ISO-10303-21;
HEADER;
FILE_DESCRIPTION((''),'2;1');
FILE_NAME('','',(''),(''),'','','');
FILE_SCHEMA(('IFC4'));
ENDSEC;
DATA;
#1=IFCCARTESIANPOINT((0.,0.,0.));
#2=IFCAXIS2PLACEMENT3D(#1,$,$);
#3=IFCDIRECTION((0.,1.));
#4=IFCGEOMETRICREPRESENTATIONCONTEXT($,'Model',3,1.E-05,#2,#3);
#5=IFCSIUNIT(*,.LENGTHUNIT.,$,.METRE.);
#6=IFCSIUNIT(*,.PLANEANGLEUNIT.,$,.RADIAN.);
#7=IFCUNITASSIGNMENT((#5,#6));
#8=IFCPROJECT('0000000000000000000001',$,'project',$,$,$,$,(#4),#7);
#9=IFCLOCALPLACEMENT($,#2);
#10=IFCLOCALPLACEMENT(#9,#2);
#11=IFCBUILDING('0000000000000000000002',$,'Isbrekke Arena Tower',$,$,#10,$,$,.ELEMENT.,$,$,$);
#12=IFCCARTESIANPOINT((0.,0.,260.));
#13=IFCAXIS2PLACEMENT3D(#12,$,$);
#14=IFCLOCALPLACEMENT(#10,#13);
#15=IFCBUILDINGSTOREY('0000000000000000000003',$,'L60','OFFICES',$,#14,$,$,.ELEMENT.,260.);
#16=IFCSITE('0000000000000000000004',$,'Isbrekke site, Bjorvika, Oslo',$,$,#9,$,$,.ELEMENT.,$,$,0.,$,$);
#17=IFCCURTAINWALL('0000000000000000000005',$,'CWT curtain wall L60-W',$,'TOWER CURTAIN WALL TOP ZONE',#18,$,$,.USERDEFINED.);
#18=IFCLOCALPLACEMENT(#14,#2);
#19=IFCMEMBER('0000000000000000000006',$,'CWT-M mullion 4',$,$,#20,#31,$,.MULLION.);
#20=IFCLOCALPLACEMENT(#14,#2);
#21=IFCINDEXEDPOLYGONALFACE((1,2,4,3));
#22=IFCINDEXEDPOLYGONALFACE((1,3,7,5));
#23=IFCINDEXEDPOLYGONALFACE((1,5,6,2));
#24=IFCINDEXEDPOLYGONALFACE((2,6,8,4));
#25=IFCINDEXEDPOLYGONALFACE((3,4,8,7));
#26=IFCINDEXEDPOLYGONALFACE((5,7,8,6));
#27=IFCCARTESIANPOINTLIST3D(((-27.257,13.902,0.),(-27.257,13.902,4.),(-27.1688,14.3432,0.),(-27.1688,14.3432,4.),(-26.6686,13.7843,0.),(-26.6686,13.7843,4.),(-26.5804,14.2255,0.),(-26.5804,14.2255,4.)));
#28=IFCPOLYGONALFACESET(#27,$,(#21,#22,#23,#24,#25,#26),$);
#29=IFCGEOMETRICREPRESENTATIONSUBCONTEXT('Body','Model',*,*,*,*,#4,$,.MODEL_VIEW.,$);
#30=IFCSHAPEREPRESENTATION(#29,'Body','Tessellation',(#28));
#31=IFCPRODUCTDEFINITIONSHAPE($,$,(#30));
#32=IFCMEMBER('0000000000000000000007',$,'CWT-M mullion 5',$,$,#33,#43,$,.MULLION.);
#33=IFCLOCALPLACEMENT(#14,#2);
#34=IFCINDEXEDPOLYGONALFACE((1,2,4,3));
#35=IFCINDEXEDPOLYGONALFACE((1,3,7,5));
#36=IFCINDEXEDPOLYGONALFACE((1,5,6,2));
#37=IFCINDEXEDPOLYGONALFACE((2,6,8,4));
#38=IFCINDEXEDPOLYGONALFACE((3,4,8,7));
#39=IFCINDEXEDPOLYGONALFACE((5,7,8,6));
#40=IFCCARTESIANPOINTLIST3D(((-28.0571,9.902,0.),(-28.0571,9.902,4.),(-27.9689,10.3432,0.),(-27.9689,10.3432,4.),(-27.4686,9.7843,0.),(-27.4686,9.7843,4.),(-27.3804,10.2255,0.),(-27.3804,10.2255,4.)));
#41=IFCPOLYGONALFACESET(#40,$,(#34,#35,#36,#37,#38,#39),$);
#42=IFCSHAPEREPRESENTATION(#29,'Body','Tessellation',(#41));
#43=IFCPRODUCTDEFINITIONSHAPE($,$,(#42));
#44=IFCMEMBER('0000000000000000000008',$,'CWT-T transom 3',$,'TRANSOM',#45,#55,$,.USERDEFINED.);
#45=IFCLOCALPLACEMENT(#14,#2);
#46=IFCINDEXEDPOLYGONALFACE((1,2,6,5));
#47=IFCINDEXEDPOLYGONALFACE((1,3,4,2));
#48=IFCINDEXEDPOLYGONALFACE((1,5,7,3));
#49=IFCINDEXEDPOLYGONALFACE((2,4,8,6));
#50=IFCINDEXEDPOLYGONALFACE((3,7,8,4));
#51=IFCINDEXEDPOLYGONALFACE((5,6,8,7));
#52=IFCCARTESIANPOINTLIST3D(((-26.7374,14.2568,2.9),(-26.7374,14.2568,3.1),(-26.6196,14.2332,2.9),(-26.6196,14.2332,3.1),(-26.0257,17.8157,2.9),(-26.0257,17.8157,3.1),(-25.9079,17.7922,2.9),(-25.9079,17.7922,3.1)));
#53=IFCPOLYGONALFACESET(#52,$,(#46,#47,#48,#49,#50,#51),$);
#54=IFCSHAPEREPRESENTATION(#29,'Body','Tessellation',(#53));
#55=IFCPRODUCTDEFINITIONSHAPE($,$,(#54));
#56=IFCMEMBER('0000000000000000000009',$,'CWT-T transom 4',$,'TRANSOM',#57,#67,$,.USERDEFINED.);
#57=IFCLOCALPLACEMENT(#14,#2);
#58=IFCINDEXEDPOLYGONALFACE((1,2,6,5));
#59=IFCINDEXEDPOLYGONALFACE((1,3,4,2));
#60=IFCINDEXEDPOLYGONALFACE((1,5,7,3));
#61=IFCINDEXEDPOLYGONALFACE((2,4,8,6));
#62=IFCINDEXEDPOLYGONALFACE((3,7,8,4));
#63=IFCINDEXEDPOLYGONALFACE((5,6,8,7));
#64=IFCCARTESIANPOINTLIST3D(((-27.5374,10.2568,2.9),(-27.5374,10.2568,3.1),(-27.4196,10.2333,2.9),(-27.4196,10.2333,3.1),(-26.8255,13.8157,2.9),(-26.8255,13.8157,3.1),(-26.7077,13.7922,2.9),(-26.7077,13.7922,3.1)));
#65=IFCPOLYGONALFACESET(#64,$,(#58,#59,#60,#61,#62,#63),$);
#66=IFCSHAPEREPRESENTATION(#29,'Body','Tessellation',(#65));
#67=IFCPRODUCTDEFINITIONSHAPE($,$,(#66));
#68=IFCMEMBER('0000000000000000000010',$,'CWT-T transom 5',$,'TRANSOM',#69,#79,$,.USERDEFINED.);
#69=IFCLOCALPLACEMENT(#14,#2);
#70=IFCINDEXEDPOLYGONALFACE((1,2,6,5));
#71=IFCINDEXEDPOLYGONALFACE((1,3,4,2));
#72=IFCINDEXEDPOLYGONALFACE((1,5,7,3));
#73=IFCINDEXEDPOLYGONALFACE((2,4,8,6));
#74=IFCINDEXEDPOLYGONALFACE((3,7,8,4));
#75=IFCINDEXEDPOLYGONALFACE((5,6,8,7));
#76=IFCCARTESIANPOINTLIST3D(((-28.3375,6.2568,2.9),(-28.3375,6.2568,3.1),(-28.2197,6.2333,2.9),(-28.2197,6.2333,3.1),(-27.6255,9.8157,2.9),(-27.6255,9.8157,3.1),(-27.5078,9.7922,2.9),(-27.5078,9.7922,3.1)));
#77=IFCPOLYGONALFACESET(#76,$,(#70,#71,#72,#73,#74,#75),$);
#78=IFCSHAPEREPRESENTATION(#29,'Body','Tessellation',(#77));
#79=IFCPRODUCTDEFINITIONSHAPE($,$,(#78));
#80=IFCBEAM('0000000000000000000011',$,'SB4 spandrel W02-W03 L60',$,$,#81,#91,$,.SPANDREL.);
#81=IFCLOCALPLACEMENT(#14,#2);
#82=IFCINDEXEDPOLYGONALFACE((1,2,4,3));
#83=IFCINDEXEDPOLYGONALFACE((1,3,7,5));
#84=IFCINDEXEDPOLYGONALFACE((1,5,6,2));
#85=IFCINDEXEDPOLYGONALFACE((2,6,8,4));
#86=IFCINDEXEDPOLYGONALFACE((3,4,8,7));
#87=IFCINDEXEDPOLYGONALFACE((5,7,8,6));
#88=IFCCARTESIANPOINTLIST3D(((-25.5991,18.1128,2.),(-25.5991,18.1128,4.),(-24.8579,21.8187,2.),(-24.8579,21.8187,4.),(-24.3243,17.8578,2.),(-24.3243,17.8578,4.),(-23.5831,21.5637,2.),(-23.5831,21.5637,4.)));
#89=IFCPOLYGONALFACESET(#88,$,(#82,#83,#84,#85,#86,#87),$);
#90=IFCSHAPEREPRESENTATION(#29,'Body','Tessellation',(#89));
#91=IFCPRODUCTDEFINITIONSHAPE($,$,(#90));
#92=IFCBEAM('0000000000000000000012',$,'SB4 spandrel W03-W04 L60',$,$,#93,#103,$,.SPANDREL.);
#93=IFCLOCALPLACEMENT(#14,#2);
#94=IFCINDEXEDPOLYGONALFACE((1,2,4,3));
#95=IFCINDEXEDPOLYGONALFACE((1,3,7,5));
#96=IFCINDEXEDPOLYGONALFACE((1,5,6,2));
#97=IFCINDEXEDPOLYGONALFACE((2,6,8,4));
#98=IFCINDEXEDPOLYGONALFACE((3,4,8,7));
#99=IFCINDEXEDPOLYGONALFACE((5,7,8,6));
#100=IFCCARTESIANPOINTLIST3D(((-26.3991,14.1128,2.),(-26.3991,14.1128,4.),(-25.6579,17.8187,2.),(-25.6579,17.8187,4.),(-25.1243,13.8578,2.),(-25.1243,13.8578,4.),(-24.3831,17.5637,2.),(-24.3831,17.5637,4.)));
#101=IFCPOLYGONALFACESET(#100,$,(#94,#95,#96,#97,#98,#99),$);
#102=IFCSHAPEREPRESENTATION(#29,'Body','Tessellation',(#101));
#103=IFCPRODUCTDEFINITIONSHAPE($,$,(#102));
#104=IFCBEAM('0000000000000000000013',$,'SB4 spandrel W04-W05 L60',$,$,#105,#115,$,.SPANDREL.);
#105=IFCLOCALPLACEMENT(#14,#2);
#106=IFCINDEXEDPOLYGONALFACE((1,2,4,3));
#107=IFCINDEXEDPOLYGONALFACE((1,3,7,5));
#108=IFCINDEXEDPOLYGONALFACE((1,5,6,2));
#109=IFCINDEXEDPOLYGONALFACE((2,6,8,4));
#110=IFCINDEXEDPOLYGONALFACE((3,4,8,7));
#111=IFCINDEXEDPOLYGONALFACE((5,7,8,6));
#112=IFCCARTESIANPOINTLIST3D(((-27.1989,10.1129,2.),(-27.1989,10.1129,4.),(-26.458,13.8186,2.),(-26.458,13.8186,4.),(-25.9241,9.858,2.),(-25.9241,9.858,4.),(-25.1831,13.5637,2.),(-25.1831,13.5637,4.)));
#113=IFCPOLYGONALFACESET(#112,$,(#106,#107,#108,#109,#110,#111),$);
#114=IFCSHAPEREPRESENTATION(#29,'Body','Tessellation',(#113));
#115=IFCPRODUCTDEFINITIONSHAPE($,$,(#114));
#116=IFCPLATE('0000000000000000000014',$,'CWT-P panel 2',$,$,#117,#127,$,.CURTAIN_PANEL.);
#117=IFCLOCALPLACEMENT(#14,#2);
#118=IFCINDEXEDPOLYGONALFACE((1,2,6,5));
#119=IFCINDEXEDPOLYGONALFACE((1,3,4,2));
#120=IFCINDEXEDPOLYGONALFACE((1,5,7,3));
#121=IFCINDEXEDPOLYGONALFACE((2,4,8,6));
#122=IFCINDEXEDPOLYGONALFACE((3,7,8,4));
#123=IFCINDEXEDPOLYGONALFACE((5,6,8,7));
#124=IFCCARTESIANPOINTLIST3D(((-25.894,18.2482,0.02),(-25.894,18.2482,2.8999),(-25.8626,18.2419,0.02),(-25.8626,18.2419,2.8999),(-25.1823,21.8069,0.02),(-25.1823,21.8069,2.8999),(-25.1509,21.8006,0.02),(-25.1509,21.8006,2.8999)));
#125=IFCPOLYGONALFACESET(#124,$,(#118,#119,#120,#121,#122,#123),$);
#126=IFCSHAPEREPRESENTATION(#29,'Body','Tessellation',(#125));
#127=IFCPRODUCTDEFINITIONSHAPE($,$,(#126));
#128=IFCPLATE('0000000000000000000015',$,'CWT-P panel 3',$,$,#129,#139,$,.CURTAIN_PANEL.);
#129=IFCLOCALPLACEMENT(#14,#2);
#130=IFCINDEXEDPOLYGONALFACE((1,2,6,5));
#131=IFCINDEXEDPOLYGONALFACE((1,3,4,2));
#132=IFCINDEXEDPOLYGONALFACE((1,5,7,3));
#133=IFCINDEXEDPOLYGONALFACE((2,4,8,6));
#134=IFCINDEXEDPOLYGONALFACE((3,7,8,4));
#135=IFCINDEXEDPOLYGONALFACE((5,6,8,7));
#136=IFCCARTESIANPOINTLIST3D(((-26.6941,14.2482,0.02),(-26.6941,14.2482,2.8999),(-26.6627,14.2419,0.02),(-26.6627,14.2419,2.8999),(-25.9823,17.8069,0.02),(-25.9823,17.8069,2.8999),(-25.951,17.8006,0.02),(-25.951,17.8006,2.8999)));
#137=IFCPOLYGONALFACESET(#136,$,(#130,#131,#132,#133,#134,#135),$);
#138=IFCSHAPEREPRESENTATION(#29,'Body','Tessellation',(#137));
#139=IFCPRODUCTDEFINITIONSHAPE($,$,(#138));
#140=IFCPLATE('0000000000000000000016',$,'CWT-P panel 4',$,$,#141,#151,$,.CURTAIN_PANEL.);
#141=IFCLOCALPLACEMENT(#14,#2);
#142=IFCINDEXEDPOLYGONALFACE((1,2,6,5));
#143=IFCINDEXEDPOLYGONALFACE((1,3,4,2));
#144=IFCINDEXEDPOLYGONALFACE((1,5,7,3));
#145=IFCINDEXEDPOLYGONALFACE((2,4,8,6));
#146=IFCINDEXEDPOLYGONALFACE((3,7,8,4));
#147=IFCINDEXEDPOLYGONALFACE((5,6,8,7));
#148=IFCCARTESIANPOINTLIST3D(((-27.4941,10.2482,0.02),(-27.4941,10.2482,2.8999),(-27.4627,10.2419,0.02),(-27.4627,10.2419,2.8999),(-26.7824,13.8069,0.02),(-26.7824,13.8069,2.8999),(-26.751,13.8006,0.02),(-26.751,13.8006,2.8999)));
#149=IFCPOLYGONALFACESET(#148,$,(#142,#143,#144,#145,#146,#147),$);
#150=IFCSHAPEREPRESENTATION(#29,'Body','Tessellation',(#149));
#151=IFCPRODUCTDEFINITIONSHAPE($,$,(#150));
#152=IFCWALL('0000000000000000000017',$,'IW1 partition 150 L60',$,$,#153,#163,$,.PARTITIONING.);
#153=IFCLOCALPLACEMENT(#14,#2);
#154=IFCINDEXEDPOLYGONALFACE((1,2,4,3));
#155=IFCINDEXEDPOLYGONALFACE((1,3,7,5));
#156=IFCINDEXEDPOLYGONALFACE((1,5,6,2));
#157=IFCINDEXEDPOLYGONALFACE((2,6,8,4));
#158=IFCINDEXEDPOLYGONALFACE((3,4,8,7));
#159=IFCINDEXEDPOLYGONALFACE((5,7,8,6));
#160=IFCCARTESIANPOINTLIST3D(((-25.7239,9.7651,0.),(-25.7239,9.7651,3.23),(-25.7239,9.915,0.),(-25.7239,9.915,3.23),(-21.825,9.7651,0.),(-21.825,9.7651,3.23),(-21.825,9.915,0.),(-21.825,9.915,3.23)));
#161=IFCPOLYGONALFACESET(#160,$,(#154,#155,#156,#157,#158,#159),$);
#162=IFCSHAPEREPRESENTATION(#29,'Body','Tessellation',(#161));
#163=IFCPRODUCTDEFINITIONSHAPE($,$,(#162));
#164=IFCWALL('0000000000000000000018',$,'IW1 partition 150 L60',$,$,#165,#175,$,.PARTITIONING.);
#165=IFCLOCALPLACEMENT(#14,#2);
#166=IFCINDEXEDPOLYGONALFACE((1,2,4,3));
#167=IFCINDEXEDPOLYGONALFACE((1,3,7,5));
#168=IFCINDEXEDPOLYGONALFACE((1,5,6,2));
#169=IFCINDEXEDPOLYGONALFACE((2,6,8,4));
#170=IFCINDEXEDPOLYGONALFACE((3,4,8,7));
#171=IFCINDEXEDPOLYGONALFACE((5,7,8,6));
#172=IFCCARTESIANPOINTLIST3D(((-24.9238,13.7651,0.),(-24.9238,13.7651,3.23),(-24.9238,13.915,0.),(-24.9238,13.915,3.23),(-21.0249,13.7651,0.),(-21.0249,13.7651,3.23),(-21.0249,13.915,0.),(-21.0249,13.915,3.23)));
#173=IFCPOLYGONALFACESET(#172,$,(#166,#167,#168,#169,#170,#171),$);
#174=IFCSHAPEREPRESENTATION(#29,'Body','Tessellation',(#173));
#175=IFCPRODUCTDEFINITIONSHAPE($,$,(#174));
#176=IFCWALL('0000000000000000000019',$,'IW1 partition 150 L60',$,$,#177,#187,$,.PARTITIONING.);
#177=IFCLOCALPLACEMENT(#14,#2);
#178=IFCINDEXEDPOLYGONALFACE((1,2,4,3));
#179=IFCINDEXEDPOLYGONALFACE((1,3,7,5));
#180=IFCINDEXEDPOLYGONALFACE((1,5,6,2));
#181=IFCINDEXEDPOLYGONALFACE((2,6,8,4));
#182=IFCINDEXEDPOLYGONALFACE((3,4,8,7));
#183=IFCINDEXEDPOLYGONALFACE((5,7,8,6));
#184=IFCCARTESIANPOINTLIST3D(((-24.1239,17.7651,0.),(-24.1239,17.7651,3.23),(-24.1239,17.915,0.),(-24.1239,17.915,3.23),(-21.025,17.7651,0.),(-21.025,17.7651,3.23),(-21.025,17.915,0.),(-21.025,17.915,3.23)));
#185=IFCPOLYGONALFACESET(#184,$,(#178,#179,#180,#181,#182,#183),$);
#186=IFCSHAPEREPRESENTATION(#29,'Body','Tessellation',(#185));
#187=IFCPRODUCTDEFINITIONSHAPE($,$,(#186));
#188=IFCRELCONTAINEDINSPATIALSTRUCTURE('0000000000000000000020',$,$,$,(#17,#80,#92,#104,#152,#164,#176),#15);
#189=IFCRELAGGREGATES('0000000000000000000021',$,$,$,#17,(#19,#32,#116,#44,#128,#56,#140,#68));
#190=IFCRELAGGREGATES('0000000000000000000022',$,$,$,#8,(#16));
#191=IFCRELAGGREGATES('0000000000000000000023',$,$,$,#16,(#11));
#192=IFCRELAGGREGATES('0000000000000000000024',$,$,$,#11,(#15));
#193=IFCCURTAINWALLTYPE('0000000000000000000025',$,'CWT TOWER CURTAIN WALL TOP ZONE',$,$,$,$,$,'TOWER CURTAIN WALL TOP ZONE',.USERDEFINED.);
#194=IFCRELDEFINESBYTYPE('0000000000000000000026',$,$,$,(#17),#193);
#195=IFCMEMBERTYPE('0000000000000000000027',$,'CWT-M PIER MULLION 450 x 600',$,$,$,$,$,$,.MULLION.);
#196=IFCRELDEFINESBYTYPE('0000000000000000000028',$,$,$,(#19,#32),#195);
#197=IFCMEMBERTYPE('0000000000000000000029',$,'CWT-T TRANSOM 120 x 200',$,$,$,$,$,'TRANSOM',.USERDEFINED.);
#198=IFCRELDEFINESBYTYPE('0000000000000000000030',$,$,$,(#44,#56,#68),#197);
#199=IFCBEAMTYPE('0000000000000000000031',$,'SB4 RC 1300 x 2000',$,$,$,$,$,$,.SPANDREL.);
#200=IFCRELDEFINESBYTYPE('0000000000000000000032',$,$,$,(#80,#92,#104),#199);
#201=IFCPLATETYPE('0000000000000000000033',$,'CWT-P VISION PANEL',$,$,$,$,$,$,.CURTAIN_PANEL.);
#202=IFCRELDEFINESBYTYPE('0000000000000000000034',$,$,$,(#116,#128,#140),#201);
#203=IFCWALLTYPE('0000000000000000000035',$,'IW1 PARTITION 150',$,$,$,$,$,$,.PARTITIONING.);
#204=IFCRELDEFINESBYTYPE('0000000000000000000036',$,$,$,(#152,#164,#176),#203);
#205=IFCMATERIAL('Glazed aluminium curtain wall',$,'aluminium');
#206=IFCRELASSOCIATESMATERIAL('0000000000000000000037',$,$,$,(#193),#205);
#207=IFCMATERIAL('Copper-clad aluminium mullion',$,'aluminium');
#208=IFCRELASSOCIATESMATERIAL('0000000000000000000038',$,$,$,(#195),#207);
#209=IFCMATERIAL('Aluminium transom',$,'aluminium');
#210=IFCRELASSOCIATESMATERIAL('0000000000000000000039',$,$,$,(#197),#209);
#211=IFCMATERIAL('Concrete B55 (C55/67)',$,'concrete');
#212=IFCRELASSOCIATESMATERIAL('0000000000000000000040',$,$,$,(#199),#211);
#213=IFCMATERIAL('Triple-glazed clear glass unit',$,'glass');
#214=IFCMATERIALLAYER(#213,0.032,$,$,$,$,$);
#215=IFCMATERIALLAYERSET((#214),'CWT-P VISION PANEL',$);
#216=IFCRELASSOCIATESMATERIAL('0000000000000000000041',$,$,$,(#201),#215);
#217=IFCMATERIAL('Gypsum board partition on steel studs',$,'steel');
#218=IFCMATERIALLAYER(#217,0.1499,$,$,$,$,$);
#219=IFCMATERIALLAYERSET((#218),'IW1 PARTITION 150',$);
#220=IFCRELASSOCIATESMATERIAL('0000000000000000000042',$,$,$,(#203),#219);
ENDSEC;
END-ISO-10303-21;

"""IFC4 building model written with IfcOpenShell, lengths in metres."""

from ifc_helpers import new_model, si_unit, direction, frame, frame_2d, origin, origin_2d, place, context, subcontext, project, spatial, rectangle, extrude, material, layer, layer_set, material_profile, profile_set, type_object, element, aggregate, save


model = new_model("IFC4")

# Units and contexts
model_context = context("Model", 3, precision=1e-05, world=origin(), true_north=direction((0.0, 1.0)))
body_context = subcontext(model_context, "Body", "Model", "MODEL_VIEW")
ifc_project = project(units=[si_unit("LENGTHUNIT", "METRE"), si_unit("PLANEANGLEUNIT", "RADIAN")], contexts=[model_context])

# Site, building, storey
site_placement = place(None, origin())
site = spatial("IfcSite", under=ifc_project, at=site_placement, Name="Isbrekke site, Bjorvika, Oslo", CompositionType="ELEMENT", RefElevation=0.0)
building_placement = place(site_placement, origin())
building = spatial("IfcBuilding", under=site, at=building_placement, Name="Isbrekke Arena Tower", CompositionType="ELEMENT")
storey_placement = place(building_placement, frame((0.0, 0.0, 260.0)))
storey = spatial("IfcBuildingStorey", under=building, at=storey_placement, Name="L60", Description="OFFICES", CompositionType="ELEMENT", Elevation=260.0)

# Curtain wall, members
ifc_material_1 = material(Name="Glazed aluminium curtain wall", Category="aluminium")
curtain_wall_type = type_object("IfcCurtainWallType", Name="CWT TOWER CURTAIN WALL TOP ZONE", ElementType="TOWER CURTAIN WALL TOP ZONE", PredefinedType="USERDEFINED", material=ifc_material_1)
curtain_wall_placement = place(storey_placement, origin())
curtain_wall = element("IfcCurtainWall", 1, at=curtain_wall_placement, inside=storey, type_object=curtain_wall_type, Name="CWT curtain wall L60-W", ObjectType="TOWER CURTAIN WALL TOP ZONE", PredefinedType="USERDEFINED")
ifc_material_2 = material(Name="Copper-clad aluminium mullion", Category="aluminium")
ifc_material_profile_1 = material_profile(ifc_material_2, rectangle(XDim=0.45, YDim=0.6001, at=origin_2d()), Name="PIER 450X600")
ifc_profile_set_1 = profile_set([ifc_material_profile_1], Name="Copper-clad aluminium mullion")
member_type_1 = type_object("IfcMemberType", Name="CWT-M PIER MULLION 450 x 600", PredefinedType="MULLION", material=ifc_profile_set_1)
member_1_placement = place(storey_placement, frame((-26.9187, 14.0637, 0.0), z_axis=(0.0, 0.0, 1.0), x_axis=(-0.196116, -0.980581, 0.0)))
member_1 = element("IfcMember", 2, at=member_1_placement, type_object=member_type_1, Name="CWT-M mullion 4", PredefinedType="MULLION", context=body_context, shape_type="SweptSolid", body=[
    extrude(rectangle(XDim=0.45, YDim=0.6001, at=origin_2d()), origin(), (0.0, 0.0, 1.0), 4.0),
])
member_2_placement = place(storey_placement, frame((-27.7188, 10.0637, 0.0), z_axis=(0.0, 0.0, 1.0), x_axis=(-0.196116, -0.980581, 0.0)))
member_2 = element("IfcMember", 3, at=member_2_placement, type_object=member_type_1, Name="CWT-M mullion 5", PredefinedType="MULLION", context=body_context, shape_type="SweptSolid", body=[
    extrude(rectangle(XDim=0.45, YDim=0.6001, at=origin_2d()), origin(), (0.0, 0.0, 1.0), 4.0),
])
ifc_material_3 = material(Name="Aluminium transom", Category="aluminium")
ifc_material_profile_2 = material_profile(ifc_material_3, rectangle(XDim=0.1201, YDim=0.2, at=origin_2d()), Name="TRANSOM 120X200")
ifc_profile_set_2 = profile_set([ifc_material_profile_2], Name="Aluminium transom")
member_type_2 = type_object("IfcMemberType", Name="CWT-T TRANSOM 120 x 200", ElementType="TRANSOM", PredefinedType="USERDEFINED", material=ifc_profile_set_2)
member_3_placement = place(storey_placement, frame((-25.9668, 17.804, 3.0), z_axis=(-0.19609, -0.980586, 0.0), x_axis=(0.980586, -0.19609, 0.0)))
member_3 = element("IfcMember", 4, at=member_3_placement, type_object=member_type_2, Name="CWT-T transom 3", ObjectType="TRANSOM", PredefinedType="USERDEFINED", context=body_context, shape_type="SweptSolid", body=[
    extrude(rectangle(XDim=0.1201, YDim=0.2, at=origin_2d()), origin(), (0.0, 0.0, 1.0), 3.6294),
])
member_4_placement = place(storey_placement, frame((-26.7666, 13.804, 3.0), z_axis=(-0.196155, -0.980573, 0.0), x_axis=(0.980573, -0.196155, 0.0)))
member_4 = element("IfcMember", 5, at=member_4_placement, type_object=member_type_2, Name="CWT-T transom 4", ObjectType="TRANSOM", PredefinedType="USERDEFINED", context=body_context, shape_type="SweptSolid", body=[
    extrude(rectangle(XDim=0.1201, YDim=0.2, at=origin_2d()), origin(), (0.0, 0.0, 1.0), 3.6294),
])
member_5_placement = place(storey_placement, frame((-27.5667, 9.804, 3.0), z_axis=(-0.196155, -0.980573, 0.0), x_axis=(0.980573, -0.196155, 0.0)))
member_5 = element("IfcMember", 6, at=member_5_placement, type_object=member_type_2, Name="CWT-T transom 5", ObjectType="TRANSOM", PredefinedType="USERDEFINED", context=body_context, shape_type="SweptSolid", body=[
    extrude(rectangle(XDim=0.1201, YDim=0.2, at=origin_2d()), origin(), (0.0, 0.0, 1.0), 3.6294),
])

# Beams
ifc_material_4 = material(Name="Concrete B55 (C55/67)", Category="concrete")
ifc_material_profile_3 = material_profile(ifc_material_4, rectangle(XDim=1.3, YDim=2.0, at=origin_2d()), Name="RC 1300x2000")
ifc_profile_set_3 = profile_set([ifc_material_profile_3], Name="Concrete B55 (C55/67)")
beam_type_1 = type_object("IfcBeamType", Name="SB4 RC 1300 x 2000", PredefinedType="SPANDREL", material=ifc_profile_set_3)
for number, where, z_axis, x_axis, name in (
    (7, (-24.2205, 21.6912, 3.0), (-0.196129, -0.980578, 0.0), (0.980578, -0.196129, 0.0), "SB4 spandrel W02-W03 L60"),
    (8, (-25.0205, 17.6912, 3.0), (-0.196129, -0.980578, 0.0), (0.980578, -0.196129, 0.0), "SB4 spandrel W03-W04 L60"),
):
    element("IfcBeam", number, at=place(storey_placement, frame(where, z_axis=z_axis, x_axis=x_axis)), inside=storey, type_object=beam_type_1, Name=name, PredefinedType="SPANDREL", context=body_context, shape_type="SweptSolid", body=[
        extrude(rectangle(XDim=1.3, YDim=2.0, at=origin_2d()), origin(), (0.0, 0.0, 1.0), 3.7793),
    ])
beam_1_placement = place(storey_placement, frame((-25.8206, 13.6912, 3.0), z_axis=(-0.196066, -0.980591, 0.0), x_axis=(0.980591, -0.196066, 0.0)))
element("IfcBeam", 9, at=beam_1_placement, inside=storey, type_object=beam_type_1, Name="SB4 spandrel W04-W05 L60", PredefinedType="SPANDREL", context=body_context, shape_type="SweptSolid", body=[
    extrude(rectangle(XDim=1.3, YDim=2.0, at=origin_2d()), origin(), (0.0, 0.0, 1.0), 3.7791),
])

# Plates
ifc_material_5 = material(Name="Triple-glazed clear glass unit", Category="glass")
ifc_layer_1 = layer(ifc_material_5, 0.032)
ifc_layer_set_1 = layer_set([ifc_layer_1], Name="CWT-P VISION PANEL")
plate_type = type_object("IfcPlateType", Name="CWT-P VISION PANEL", PredefinedType="CURTAIN_PANEL", material=ifc_layer_set_1)
plate_1_placement = place(storey_placement, frame((-25.5225, 20.0244, 0.02), z_axis=(0.0, 0.0, 1.0), x_axis=(-0.196116, -0.980581, 0.0)))
plate_1 = element("IfcPlate", 10, at=plate_1_placement, type_object=plate_type, Name="CWT-P panel 2", PredefinedType="CURTAIN_PANEL", context=body_context, shape_type="SweptSolid", body=[
    extrude(rectangle(XDim=3.6292, YDim=0.032, at=origin_2d()), origin(), (0.0, 0.0, 1.0), 2.8799),
])
plate_2_placement = place(storey_placement, frame((-26.3225, 16.0244, 0.02), z_axis=(0.0, 0.0, 1.0), x_axis=(-0.196116, -0.980581, 0.0)))
plate_2 = element("IfcPlate", 11, at=plate_2_placement, type_object=plate_type, Name="CWT-P panel 3", PredefinedType="CURTAIN_PANEL", context=body_context, shape_type="SweptSolid", body=[
    extrude(rectangle(XDim=3.6292, YDim=0.032, at=origin_2d()), origin(), (0.0, 0.0, 1.0), 2.8799),
])
plate_3_placement = place(storey_placement, frame((-27.1226, 12.0244, 0.02), z_axis=(0.0, 0.0, 1.0), x_axis=(-0.196116, -0.980581, 0.0)))
plate_3 = element("IfcPlate", 12, at=plate_3_placement, type_object=plate_type, Name="CWT-P panel 4", PredefinedType="CURTAIN_PANEL", context=body_context, shape_type="SweptSolid", body=[
    extrude(rectangle(XDim=3.6292, YDim=0.032, at=origin_2d()), origin(), (0.0, 0.0, 1.0), 2.8799),
])
aggregate(curtain_wall, [member_1, member_2, plate_1, member_3, plate_2, member_4, plate_3, member_5])

# Walls
ifc_material_6 = material(Name="Gypsum board partition on steel studs", Category="steel")
ifc_layer_2 = layer(ifc_material_6, 0.1499)
ifc_layer_set_2 = layer_set([ifc_layer_2], Name="IW1 PARTITION 150")
wall_type = type_object("IfcWallType", Name="IW1 PARTITION 150", PredefinedType="PARTITIONING", material=ifc_layer_set_2)
for number, where, z_axis, x_axis, name in (
    (13, (-25.7239, 9.8401, 0.0), (0.0, 0.0, 1.0), (1.0, 0.0, 0.0), "IW1 partition 150 L60"),
    (14, (-24.9238, 13.8401, 0.0), (0.0, 0.0, 1.0), (1.0, 0.0, 0.0), "IW1 partition 150 L60"),
):
    element("IfcWall", number, at=place(storey_placement, frame(where, z_axis=z_axis, x_axis=x_axis)), inside=storey, type_object=wall_type, Name=name, PredefinedType="PARTITIONING", context=body_context, shape_type="SweptSolid", body=[
        extrude(rectangle(XDim=3.8989, YDim=0.1499, at=frame_2d((1.9495, 0.0))), origin(), (0.0, 0.0, 1.0), 3.23),
    ])
wall_1_placement = place(storey_placement, frame((-24.1238, 17.8401, 0.0), z_axis=(0.0, 0.0, 1.0), x_axis=(1.0, 0.0, 0.0)))
element("IfcWall", 15, at=wall_1_placement, inside=storey, type_object=wall_type, Name="IW1 partition 150 L60", PredefinedType="PARTITIONING", context=body_context, shape_type="SweptSolid", body=[
    extrude(rectangle(XDim=3.0989, YDim=0.1499, at=frame_2d((1.5493, 0.0))), origin(), (0.0, 0.0, 1.0), 3.23),
])

save(model, "model.ifc")
